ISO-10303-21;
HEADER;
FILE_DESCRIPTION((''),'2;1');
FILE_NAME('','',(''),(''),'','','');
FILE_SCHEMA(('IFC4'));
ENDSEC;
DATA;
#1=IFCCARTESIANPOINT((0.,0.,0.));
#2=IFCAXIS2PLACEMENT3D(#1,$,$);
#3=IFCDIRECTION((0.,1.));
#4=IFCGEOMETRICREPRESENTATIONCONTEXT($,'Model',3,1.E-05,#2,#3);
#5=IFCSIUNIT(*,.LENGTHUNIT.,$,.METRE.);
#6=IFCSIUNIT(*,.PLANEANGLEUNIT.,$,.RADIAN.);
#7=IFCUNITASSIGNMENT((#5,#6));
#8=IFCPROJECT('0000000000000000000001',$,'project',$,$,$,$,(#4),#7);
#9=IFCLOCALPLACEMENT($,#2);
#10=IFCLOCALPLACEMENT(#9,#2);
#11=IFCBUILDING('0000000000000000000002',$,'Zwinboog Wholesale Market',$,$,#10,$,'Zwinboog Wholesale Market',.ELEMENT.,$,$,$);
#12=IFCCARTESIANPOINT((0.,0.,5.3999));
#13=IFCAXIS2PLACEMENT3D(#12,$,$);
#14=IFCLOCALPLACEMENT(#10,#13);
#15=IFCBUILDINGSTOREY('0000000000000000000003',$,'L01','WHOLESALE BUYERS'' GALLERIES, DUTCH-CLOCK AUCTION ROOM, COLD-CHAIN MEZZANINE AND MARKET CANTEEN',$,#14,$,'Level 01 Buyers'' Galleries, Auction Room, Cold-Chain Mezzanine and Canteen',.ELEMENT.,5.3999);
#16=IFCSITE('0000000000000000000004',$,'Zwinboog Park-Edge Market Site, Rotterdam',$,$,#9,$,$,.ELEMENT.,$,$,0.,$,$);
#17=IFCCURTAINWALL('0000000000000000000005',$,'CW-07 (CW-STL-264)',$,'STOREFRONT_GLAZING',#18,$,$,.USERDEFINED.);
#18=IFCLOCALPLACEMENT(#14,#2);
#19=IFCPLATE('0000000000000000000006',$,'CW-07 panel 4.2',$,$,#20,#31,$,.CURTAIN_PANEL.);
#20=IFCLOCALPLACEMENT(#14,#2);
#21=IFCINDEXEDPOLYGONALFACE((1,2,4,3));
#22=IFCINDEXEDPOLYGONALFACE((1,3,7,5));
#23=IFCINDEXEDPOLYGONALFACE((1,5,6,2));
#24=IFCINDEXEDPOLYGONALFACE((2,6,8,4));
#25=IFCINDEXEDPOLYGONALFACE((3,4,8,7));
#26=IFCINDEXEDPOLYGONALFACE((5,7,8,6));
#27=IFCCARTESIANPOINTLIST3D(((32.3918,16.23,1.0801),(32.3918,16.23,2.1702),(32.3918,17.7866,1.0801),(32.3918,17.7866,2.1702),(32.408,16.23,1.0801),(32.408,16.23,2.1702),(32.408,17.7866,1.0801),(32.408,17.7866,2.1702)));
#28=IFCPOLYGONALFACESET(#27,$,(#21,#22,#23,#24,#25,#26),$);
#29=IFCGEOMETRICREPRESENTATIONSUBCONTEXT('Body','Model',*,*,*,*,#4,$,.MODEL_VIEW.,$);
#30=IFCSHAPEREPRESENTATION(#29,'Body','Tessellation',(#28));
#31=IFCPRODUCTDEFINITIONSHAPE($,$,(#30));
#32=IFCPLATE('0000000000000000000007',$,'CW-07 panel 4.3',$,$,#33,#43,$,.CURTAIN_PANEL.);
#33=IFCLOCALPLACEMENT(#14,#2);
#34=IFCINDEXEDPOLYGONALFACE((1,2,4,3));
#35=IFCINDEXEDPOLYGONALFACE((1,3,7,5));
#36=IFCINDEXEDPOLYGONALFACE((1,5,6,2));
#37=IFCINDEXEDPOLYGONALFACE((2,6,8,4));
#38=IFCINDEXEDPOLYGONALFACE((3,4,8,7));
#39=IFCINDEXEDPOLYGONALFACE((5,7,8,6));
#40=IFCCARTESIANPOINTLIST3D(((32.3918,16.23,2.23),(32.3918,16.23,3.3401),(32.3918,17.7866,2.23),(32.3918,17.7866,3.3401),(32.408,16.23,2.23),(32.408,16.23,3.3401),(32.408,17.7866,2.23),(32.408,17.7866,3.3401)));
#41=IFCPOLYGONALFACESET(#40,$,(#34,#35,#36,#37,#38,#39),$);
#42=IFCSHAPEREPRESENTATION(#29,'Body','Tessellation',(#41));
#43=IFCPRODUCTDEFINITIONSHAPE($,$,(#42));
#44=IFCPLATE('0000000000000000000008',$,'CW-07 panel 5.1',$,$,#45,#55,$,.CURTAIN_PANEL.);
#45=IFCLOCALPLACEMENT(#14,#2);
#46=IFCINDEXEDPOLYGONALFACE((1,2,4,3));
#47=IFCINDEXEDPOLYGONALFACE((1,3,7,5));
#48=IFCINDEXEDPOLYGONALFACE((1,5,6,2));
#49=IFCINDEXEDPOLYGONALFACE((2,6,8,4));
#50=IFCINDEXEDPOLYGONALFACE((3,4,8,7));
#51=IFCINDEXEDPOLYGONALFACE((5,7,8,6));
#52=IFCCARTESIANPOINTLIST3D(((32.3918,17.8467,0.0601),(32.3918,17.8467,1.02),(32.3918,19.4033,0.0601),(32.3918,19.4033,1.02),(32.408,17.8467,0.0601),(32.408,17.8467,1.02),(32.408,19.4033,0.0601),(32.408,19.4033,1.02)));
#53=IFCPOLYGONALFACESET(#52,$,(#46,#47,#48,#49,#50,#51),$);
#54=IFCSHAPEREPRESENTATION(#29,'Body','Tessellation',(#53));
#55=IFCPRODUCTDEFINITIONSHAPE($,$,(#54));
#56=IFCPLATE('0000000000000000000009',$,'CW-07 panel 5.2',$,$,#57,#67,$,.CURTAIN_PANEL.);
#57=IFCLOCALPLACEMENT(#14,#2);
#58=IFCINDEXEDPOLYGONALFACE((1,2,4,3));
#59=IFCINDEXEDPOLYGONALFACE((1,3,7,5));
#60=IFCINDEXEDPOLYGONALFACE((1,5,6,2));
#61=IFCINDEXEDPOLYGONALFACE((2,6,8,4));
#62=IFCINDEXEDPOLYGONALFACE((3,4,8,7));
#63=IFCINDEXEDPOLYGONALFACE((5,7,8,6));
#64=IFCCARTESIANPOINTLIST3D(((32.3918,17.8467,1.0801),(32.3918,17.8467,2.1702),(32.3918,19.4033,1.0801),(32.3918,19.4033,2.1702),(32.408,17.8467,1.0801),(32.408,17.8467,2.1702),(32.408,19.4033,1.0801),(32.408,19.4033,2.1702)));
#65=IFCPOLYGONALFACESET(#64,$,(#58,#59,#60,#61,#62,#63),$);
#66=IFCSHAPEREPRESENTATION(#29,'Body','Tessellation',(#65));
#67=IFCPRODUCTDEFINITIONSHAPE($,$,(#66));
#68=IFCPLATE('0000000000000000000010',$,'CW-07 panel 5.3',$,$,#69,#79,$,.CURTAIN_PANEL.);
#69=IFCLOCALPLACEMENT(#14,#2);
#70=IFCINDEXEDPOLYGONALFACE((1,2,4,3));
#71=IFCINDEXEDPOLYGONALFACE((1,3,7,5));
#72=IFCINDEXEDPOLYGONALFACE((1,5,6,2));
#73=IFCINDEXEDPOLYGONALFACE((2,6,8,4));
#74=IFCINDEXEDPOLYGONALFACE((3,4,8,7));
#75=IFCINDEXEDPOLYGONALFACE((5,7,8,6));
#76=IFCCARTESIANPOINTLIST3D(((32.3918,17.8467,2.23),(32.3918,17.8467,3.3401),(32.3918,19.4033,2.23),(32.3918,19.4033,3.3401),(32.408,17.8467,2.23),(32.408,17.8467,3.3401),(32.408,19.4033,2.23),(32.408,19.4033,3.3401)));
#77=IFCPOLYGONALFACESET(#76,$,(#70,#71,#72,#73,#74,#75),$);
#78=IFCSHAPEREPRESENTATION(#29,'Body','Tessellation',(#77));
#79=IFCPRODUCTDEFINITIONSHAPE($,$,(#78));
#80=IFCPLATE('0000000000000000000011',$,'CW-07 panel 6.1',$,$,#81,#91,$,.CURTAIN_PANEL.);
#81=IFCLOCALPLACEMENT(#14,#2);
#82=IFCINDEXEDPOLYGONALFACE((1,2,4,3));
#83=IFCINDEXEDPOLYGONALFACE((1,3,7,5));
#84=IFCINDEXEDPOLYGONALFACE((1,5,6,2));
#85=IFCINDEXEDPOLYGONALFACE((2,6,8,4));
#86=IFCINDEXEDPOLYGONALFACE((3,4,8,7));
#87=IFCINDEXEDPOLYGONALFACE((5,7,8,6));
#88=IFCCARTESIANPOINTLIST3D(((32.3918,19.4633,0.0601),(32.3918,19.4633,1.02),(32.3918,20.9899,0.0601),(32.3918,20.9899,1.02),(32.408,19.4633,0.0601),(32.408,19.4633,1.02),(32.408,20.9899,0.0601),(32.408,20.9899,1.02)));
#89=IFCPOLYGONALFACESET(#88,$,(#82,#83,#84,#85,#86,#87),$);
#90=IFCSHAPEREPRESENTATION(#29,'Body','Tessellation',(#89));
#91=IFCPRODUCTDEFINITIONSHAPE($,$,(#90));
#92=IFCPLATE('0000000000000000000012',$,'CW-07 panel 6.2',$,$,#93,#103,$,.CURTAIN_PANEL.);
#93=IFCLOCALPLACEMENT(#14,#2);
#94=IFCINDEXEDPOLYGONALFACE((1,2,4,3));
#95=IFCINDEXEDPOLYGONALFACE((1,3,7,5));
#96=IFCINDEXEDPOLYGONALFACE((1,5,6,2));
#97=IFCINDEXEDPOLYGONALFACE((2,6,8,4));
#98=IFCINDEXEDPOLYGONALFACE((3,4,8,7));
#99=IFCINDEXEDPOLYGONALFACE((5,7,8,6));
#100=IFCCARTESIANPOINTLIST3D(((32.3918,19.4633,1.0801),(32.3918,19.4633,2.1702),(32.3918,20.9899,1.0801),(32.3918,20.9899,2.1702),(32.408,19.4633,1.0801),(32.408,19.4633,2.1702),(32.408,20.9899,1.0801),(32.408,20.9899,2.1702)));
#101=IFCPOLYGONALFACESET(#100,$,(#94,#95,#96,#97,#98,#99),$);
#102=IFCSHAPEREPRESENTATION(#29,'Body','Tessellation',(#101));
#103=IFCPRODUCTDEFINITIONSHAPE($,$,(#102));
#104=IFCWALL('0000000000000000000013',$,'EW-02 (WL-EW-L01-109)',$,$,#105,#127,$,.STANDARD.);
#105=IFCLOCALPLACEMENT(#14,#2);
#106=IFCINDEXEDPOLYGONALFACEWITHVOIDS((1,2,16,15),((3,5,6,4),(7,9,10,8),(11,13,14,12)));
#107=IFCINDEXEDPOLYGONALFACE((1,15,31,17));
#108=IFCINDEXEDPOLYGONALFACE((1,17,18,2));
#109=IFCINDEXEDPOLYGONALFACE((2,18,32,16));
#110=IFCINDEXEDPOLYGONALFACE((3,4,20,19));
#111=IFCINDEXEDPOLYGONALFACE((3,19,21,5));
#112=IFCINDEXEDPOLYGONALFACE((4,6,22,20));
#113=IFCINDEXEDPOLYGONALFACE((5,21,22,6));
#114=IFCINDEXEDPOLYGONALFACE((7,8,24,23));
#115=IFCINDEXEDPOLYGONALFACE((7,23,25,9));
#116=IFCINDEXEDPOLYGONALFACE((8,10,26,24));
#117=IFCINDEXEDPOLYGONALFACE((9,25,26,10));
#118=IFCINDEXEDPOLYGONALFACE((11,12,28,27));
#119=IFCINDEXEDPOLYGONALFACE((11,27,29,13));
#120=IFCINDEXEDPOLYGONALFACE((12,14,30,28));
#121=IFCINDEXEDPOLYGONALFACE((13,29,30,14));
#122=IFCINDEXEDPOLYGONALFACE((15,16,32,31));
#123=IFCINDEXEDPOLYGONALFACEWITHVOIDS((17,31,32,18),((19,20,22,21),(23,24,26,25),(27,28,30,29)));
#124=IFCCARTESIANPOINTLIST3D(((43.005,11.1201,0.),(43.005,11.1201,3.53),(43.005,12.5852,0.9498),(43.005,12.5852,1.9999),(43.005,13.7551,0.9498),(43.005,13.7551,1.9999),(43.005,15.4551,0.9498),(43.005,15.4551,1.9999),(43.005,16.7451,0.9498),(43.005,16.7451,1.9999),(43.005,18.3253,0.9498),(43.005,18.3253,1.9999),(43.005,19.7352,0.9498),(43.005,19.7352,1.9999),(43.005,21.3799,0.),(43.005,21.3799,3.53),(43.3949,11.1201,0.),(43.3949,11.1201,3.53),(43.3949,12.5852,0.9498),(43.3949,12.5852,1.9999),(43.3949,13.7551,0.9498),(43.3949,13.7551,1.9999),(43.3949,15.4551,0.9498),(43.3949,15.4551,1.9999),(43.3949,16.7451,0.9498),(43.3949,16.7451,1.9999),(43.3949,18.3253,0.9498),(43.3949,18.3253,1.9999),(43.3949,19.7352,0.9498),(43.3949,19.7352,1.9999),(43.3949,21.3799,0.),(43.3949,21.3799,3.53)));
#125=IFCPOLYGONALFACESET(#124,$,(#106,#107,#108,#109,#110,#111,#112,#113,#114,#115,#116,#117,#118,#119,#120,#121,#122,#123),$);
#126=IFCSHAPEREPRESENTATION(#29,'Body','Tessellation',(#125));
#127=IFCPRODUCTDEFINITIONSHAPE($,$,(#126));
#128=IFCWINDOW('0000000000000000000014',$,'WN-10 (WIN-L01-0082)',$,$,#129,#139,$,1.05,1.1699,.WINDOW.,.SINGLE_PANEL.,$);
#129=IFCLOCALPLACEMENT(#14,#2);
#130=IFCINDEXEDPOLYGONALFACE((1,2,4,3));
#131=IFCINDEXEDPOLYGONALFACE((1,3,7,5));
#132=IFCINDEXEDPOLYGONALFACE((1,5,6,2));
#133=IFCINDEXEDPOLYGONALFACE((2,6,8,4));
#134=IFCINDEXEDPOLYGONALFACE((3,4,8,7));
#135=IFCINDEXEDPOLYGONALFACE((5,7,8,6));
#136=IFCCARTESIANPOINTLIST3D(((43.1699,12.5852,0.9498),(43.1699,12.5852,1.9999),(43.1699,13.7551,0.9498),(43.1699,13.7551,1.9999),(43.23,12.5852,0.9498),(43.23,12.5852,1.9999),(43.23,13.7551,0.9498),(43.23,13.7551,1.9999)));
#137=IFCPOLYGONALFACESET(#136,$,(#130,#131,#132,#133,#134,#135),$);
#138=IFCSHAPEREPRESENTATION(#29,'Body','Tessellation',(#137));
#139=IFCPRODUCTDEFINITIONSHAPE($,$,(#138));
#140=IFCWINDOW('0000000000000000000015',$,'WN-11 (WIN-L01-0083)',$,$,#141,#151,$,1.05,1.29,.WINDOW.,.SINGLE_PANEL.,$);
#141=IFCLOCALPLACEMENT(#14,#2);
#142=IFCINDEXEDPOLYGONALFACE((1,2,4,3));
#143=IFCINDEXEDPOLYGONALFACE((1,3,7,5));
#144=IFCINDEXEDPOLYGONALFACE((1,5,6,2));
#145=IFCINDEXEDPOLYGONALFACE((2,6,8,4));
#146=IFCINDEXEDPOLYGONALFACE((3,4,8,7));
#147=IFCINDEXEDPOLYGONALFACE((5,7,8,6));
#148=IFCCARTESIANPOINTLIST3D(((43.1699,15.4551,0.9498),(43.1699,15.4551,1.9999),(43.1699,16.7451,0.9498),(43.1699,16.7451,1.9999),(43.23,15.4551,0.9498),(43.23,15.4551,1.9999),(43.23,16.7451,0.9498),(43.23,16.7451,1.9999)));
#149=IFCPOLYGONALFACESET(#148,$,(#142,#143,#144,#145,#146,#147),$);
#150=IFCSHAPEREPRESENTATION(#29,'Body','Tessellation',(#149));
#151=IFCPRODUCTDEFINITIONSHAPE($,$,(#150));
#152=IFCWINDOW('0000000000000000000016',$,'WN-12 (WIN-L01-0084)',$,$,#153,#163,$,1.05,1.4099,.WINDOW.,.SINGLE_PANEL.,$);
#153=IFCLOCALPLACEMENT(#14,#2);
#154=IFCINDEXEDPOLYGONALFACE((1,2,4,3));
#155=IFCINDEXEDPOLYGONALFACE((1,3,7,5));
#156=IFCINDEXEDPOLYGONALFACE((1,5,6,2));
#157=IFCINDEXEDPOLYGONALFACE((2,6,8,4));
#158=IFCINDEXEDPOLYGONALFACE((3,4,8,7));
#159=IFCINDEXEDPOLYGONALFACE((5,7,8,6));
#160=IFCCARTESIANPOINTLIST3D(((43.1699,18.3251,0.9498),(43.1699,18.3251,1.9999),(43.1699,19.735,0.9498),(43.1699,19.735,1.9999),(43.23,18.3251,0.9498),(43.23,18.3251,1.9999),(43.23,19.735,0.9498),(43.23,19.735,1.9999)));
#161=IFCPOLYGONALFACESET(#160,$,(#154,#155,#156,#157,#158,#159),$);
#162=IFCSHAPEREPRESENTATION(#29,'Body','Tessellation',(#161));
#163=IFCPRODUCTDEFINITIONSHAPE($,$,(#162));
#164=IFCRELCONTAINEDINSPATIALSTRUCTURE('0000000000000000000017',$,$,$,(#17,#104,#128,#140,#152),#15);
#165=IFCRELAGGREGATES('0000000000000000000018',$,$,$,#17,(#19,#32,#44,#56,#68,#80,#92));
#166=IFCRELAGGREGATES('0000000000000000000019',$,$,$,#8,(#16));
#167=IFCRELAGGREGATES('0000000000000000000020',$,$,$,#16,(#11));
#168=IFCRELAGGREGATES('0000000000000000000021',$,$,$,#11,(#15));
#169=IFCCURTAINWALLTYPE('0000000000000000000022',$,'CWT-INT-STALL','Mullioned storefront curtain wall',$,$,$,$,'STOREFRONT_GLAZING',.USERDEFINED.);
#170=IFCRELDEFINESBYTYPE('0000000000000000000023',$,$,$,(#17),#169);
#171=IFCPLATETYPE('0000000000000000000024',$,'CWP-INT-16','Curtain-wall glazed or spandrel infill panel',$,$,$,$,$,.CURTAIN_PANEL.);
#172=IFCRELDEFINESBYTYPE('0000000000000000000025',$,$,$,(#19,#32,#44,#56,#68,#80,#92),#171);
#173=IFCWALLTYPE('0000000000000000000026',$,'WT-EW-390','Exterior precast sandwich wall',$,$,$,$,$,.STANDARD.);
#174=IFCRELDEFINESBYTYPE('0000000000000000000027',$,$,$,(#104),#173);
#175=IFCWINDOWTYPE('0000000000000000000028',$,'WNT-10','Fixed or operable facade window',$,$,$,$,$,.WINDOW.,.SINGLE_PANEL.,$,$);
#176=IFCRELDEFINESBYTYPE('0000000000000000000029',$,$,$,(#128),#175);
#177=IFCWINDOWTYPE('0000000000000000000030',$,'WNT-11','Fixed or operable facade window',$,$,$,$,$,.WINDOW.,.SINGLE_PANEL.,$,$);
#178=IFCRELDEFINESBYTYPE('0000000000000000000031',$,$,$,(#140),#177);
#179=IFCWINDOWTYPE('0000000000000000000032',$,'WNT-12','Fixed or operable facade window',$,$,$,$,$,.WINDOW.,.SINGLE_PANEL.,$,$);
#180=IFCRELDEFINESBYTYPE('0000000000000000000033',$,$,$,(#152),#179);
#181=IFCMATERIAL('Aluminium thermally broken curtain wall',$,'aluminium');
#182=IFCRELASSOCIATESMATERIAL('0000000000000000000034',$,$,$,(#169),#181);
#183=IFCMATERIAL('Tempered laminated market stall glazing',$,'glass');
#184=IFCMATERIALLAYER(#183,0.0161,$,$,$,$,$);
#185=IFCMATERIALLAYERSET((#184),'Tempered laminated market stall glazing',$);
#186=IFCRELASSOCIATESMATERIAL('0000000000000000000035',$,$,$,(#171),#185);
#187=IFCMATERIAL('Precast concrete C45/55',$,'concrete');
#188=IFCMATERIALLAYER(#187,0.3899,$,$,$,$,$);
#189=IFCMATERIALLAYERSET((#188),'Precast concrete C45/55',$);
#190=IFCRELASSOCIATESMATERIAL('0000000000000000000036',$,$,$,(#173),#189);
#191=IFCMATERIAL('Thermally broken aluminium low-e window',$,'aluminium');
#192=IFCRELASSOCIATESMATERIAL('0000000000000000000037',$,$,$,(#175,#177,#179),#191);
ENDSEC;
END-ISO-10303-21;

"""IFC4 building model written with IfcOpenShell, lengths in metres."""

from ifc_helpers import new_model, si_unit, direction, frame, frame_2d, origin, origin_2d, place, context, subcontext, project, spatial, rectangle, extrude, material, layer, layer_set, type_object, element, fill, aggregate, save


model = new_model("IFC4")

# Units and contexts
model_context = context("Model", 3, precision=1e-05, world=origin(), true_north=direction((0.0, 1.0)))
body_context = subcontext(model_context, "Body", "Model", "MODEL_VIEW")
ifc_project = project(units=[si_unit("LENGTHUNIT", "METRE"), si_unit("PLANEANGLEUNIT", "RADIAN")], contexts=[model_context])

# Site, building, storey
site_placement = place(None, origin())
site = spatial("IfcSite", under=ifc_project, at=site_placement, Name="Zwinboog Park-Edge Market Site, Rotterdam", CompositionType="ELEMENT", RefElevation=0.0)
building_placement = place(site_placement, origin())
building = spatial("IfcBuilding", under=site, at=building_placement, Name="Zwinboog Wholesale Market", LongName="Zwinboog Wholesale Market", CompositionType="ELEMENT")
storey_placement = place(building_placement, frame((0.0, 0.0, 5.3999)))
storey = spatial("IfcBuildingStorey", under=building, at=storey_placement, Name="L01", Description="WHOLESALE BUYERS' GALLERIES, DUTCH-CLOCK AUCTION ROOM, COLD-CHAIN MEZZANINE AND MARKET CANTEEN", LongName="Level 01 Buyers' Galleries, Auction Room, Cold-Chain Mezzanine and Canteen", CompositionType="ELEMENT", Elevation=5.3999)

# Curtain wall, plates
ifc_material_1 = material(Name="Aluminium thermally broken curtain wall", Category="aluminium")
curtain_wall_type = type_object("IfcCurtainWallType", Name="CWT-INT-STALL", Description="Mullioned storefront curtain wall", ElementType="STOREFRONT_GLAZING", PredefinedType="USERDEFINED", material=ifc_material_1)
curtain_wall_placement = place(storey_placement, origin())
curtain_wall = element("IfcCurtainWall", 1, at=curtain_wall_placement, inside=storey, type_object=curtain_wall_type, Name="CW-07 (CW-STL-264)", ObjectType="STOREFRONT_GLAZING", PredefinedType="USERDEFINED")
ifc_material_2 = material(Name="Tempered laminated market stall glazing", Category="glass")
ifc_layer_1 = layer(ifc_material_2, 0.0161)
ifc_layer_set_1 = layer_set([ifc_layer_1], Name="Tempered laminated market stall glazing")
plate_type = type_object("IfcPlateType", Name="CWP-INT-16", Description="Curtain-wall glazed or spandrel infill panel", PredefinedType="CURTAIN_PANEL", material=ifc_layer_set_1)
plate_1_placement = place(storey_placement, frame((32.3999, 17.0083, 1.0801), z_axis=(0.0, 0.0, 1.0), x_axis=(0.0, 1.0, 0.0)))
plate_1 = element("IfcPlate", 2, at=plate_1_placement, type_object=plate_type, Name="CW-07 panel 4.2", PredefinedType="CURTAIN_PANEL", context=body_context, shape_type="SweptSolid", body=[
    extrude(rectangle(XDim=1.5566, YDim=0.0161, at=origin_2d()), origin(), (0.0, 0.0, 1.0), 1.0901),
])
plate_2_placement = place(storey_placement, frame((32.3999, 17.0083, 2.23), z_axis=(0.0, 0.0, 1.0), x_axis=(0.0, 1.0, 0.0)))
plate_2 = element("IfcPlate", 3, at=plate_2_placement, type_object=plate_type, Name="CW-07 panel 4.3", PredefinedType="CURTAIN_PANEL", context=body_context, shape_type="SweptSolid", body=[
    extrude(rectangle(XDim=1.5566, YDim=0.0161, at=origin_2d()), origin(), (0.0, 0.0, 1.0), 1.1101),
])
plate_3_placement = place(storey_placement, frame((32.3999, 18.625, 0.0601), z_axis=(0.0, 0.0, 1.0), x_axis=(0.0, 1.0, 0.0)))
plate_3 = element("IfcPlate", 4, at=plate_3_placement, type_object=plate_type, Name="CW-07 panel 5.1", PredefinedType="CURTAIN_PANEL", context=body_context, shape_type="SweptSolid", body=[
    extrude(rectangle(XDim=1.5566, YDim=0.0161, at=origin_2d()), origin(), (0.0, 0.0, 1.0), 0.96),
])
plate_4_placement = place(storey_placement, frame((32.3999, 18.625, 1.0801), z_axis=(0.0, 0.0, 1.0), x_axis=(0.0, 1.0, 0.0)))
plate_4 = element("IfcPlate", 5, at=plate_4_placement, type_object=plate_type, Name="CW-07 panel 5.2", PredefinedType="CURTAIN_PANEL", context=body_context, shape_type="SweptSolid", body=[
    extrude(rectangle(XDim=1.5566, YDim=0.0161, at=origin_2d()), origin(), (0.0, 0.0, 1.0), 1.0901),
])
plate_5_placement = place(storey_placement, frame((32.3999, 18.625, 2.23), z_axis=(0.0, 0.0, 1.0), x_axis=(0.0, 1.0, 0.0)))
plate_5 = element("IfcPlate", 6, at=plate_5_placement, type_object=plate_type, Name="CW-07 panel 5.3", PredefinedType="CURTAIN_PANEL", context=body_context, shape_type="SweptSolid", body=[
    extrude(rectangle(XDim=1.5566, YDim=0.0161, at=origin_2d()), origin(), (0.0, 0.0, 1.0), 1.1101),
])
plate_6_placement = place(storey_placement, frame((32.3999, 20.2266, 0.0601), z_axis=(0.0, 0.0, 1.0), x_axis=(0.0, 1.0, 0.0)))
plate_6 = element("IfcPlate", 7, at=plate_6_placement, type_object=plate_type, Name="CW-07 panel 6.1", PredefinedType="CURTAIN_PANEL", context=body_context, shape_type="SweptSolid", body=[
    extrude(rectangle(XDim=1.5266, YDim=0.0161, at=origin_2d()), origin(), (0.0, 0.0, 1.0), 0.96),
])
plate_7_placement = place(storey_placement, frame((32.3999, 20.2266, 1.0801), z_axis=(0.0, 0.0, 1.0), x_axis=(0.0, 1.0, 0.0)))
plate_7 = element("IfcPlate", 8, at=plate_7_placement, type_object=plate_type, Name="CW-07 panel 6.2", PredefinedType="CURTAIN_PANEL", context=body_context, shape_type="SweptSolid", body=[
    extrude(rectangle(XDim=1.5266, YDim=0.0161, at=origin_2d()), origin(), (0.0, 0.0, 1.0), 1.0901),
])
aggregate(curtain_wall, [plate_1, plate_2, plate_3, plate_4, plate_5, plate_6, plate_7])

# Wall, openings, windows
ifc_material_3 = material(Name="Precast concrete C45/55", Category="concrete")
ifc_layer_2 = layer(ifc_material_3, 0.3899)
ifc_layer_set_2 = layer_set([ifc_layer_2], Name="Precast concrete C45/55")
wall_type_1 = type_object("IfcWallType", Name="WT-EW-390", Description="Exterior precast sandwich wall", PredefinedType="STANDARD", material=ifc_layer_set_2)
wall_1_placement = place(storey_placement, frame((43.2, 11.1201, 0.0), z_axis=(0.0, 0.0, 1.0), x_axis=(0.0, 1.0, 0.0)))
wall_1 = element("IfcWall", 9, at=wall_1_placement, inside=storey, type_object=wall_type_1, Name="EW-02 (WL-EW-L01-109)", PredefinedType="STANDARD", context=body_context, shape_type="SweptSolid", body=[
    extrude(rectangle(XDim=10.2598, YDim=0.3899, at=frame_2d((5.1299, 0.0))), origin(), (0.0, 0.0, 1.0), 3.53),
])
opening_1_placement = place(wall_1_placement, frame((1.4651, 0.0, 0.95)))
opening_1 = element("IfcOpeningElement", 10, at=opening_1_placement, cuts=wall_1, PredefinedType="OPENING", context=body_context, shape_type="SweptSolid", body=[
    extrude(rectangle(XDim=1.1699, YDim=1.05, at=frame_2d((0.585, 0.5249))), frame((0.0, 0.2048, 0.0), z_axis=(0.0, -1.0, 0.0), x_axis=(1.0, 0.0, 0.0)), (0.0, 0.0, 1.0), 0.4099),
])
opening_2_placement = place(wall_1_placement, frame((4.335, 0.0, 0.95)))
opening_2 = element("IfcOpeningElement", 11, at=opening_2_placement, cuts=wall_1, PredefinedType="OPENING", context=body_context, shape_type="SweptSolid", body=[
    extrude(rectangle(XDim=1.29, YDim=1.05, at=frame_2d((0.645, 0.5249))), frame((0.0, 0.2048, 0.0), z_axis=(0.0, -1.0, 0.0), x_axis=(1.0, 0.0, 0.0)), (0.0, 0.0, 1.0), 0.4099),
])
opening_3_placement = place(wall_1_placement, frame((7.2051, 0.0, 0.95)))
opening_3 = element("IfcOpeningElement", 12, at=opening_3_placement, cuts=wall_1, PredefinedType="OPENING", context=body_context, shape_type="SweptSolid", body=[
    extrude(rectangle(XDim=1.4099, YDim=1.05, at=frame_2d((0.7051, 0.5249))), frame((0.0, 0.2048, 0.0), z_axis=(0.0, -1.0, 0.0), x_axis=(1.0, 0.0, 0.0)), (0.0, 0.0, 1.0), 0.4099),
])
ifc_material_4 = material(Name="Thermally broken aluminium low-e window", Category="aluminium")
window_type_1 = type_object("IfcWindowType", Name="WNT-10", Description="Fixed or operable facade window", PartitioningType="SINGLE_PANEL", PredefinedType="WINDOW", material=ifc_material_4)
window_1_placement = place(opening_1_placement, frame((1.1699, 0.0, 0.0), z_axis=(0.0, 0.0, 1.0), x_axis=(-1.0, 0.0, 0.0)))
window_1 = element("IfcWindow", 13, at=window_1_placement, inside=storey, type_object=window_type_1, Name="WN-10 (WIN-L01-0082)", OverallHeight=1.05, OverallWidth=1.1699, PartitioningType="SINGLE_PANEL", PredefinedType="WINDOW", context=body_context, shape_type="SweptSolid", body=[
    extrude(rectangle(XDim=1.1699, YDim=1.05, at=frame_2d((0.585, 0.5249))), frame((0.0, 0.03, 0.0), z_axis=(0.0, -1.0, 0.0), x_axis=(1.0, 0.0, 0.0)), (0.0, 0.0, 1.0), 0.0601),
])
fill(opening_1, window_1)
window_type_2 = type_object("IfcWindowType", Name="WNT-11", Description="Fixed or operable facade window", PartitioningType="SINGLE_PANEL", PredefinedType="WINDOW", material=ifc_material_4)
window_2_placement = place(opening_2_placement, frame((1.29, 0.0, 0.0), z_axis=(0.0, 0.0, 1.0), x_axis=(-1.0, 0.0, 0.0)))
window_2 = element("IfcWindow", 14, at=window_2_placement, inside=storey, type_object=window_type_2, Name="WN-11 (WIN-L01-0083)", OverallHeight=1.05, OverallWidth=1.29, PartitioningType="SINGLE_PANEL", PredefinedType="WINDOW", context=body_context, shape_type="SweptSolid", body=[
    extrude(rectangle(XDim=1.29, YDim=1.05, at=frame_2d((0.645, 0.5249))), frame((0.0, 0.03, 0.0), z_axis=(0.0, -1.0, 0.0), x_axis=(1.0, 0.0, 0.0)), (0.0, 0.0, 1.0), 0.0601),
])
fill(opening_2, window_2)
window_type_3 = type_object("IfcWindowType", Name="WNT-12", Description="Fixed or operable facade window", PartitioningType="SINGLE_PANEL", PredefinedType="WINDOW", material=ifc_material_4)
window_3_placement = place(opening_3_placement, frame((1.4099, 0.0, 0.0), z_axis=(0.0, 0.0, 1.0), x_axis=(-1.0, 0.0, 0.0)))
window_3 = element("IfcWindow", 15, at=window_3_placement, inside=storey, type_object=window_type_3, Name="WN-12 (WIN-L01-0084)", OverallHeight=1.05, OverallWidth=1.4099, PartitioningType="SINGLE_PANEL", PredefinedType="WINDOW", context=body_context, shape_type="SweptSolid", body=[
    extrude(rectangle(XDim=1.4099, YDim=1.05, at=frame_2d((0.7051, 0.5249))), frame((0.0, 0.03, 0.0), z_axis=(0.0, -1.0, 0.0), x_axis=(1.0, 0.0, 0.0)), (0.0, 0.0, 1.0), 0.0601),
])
fill(opening_3, window_3)

save(model, "model.ifc")
